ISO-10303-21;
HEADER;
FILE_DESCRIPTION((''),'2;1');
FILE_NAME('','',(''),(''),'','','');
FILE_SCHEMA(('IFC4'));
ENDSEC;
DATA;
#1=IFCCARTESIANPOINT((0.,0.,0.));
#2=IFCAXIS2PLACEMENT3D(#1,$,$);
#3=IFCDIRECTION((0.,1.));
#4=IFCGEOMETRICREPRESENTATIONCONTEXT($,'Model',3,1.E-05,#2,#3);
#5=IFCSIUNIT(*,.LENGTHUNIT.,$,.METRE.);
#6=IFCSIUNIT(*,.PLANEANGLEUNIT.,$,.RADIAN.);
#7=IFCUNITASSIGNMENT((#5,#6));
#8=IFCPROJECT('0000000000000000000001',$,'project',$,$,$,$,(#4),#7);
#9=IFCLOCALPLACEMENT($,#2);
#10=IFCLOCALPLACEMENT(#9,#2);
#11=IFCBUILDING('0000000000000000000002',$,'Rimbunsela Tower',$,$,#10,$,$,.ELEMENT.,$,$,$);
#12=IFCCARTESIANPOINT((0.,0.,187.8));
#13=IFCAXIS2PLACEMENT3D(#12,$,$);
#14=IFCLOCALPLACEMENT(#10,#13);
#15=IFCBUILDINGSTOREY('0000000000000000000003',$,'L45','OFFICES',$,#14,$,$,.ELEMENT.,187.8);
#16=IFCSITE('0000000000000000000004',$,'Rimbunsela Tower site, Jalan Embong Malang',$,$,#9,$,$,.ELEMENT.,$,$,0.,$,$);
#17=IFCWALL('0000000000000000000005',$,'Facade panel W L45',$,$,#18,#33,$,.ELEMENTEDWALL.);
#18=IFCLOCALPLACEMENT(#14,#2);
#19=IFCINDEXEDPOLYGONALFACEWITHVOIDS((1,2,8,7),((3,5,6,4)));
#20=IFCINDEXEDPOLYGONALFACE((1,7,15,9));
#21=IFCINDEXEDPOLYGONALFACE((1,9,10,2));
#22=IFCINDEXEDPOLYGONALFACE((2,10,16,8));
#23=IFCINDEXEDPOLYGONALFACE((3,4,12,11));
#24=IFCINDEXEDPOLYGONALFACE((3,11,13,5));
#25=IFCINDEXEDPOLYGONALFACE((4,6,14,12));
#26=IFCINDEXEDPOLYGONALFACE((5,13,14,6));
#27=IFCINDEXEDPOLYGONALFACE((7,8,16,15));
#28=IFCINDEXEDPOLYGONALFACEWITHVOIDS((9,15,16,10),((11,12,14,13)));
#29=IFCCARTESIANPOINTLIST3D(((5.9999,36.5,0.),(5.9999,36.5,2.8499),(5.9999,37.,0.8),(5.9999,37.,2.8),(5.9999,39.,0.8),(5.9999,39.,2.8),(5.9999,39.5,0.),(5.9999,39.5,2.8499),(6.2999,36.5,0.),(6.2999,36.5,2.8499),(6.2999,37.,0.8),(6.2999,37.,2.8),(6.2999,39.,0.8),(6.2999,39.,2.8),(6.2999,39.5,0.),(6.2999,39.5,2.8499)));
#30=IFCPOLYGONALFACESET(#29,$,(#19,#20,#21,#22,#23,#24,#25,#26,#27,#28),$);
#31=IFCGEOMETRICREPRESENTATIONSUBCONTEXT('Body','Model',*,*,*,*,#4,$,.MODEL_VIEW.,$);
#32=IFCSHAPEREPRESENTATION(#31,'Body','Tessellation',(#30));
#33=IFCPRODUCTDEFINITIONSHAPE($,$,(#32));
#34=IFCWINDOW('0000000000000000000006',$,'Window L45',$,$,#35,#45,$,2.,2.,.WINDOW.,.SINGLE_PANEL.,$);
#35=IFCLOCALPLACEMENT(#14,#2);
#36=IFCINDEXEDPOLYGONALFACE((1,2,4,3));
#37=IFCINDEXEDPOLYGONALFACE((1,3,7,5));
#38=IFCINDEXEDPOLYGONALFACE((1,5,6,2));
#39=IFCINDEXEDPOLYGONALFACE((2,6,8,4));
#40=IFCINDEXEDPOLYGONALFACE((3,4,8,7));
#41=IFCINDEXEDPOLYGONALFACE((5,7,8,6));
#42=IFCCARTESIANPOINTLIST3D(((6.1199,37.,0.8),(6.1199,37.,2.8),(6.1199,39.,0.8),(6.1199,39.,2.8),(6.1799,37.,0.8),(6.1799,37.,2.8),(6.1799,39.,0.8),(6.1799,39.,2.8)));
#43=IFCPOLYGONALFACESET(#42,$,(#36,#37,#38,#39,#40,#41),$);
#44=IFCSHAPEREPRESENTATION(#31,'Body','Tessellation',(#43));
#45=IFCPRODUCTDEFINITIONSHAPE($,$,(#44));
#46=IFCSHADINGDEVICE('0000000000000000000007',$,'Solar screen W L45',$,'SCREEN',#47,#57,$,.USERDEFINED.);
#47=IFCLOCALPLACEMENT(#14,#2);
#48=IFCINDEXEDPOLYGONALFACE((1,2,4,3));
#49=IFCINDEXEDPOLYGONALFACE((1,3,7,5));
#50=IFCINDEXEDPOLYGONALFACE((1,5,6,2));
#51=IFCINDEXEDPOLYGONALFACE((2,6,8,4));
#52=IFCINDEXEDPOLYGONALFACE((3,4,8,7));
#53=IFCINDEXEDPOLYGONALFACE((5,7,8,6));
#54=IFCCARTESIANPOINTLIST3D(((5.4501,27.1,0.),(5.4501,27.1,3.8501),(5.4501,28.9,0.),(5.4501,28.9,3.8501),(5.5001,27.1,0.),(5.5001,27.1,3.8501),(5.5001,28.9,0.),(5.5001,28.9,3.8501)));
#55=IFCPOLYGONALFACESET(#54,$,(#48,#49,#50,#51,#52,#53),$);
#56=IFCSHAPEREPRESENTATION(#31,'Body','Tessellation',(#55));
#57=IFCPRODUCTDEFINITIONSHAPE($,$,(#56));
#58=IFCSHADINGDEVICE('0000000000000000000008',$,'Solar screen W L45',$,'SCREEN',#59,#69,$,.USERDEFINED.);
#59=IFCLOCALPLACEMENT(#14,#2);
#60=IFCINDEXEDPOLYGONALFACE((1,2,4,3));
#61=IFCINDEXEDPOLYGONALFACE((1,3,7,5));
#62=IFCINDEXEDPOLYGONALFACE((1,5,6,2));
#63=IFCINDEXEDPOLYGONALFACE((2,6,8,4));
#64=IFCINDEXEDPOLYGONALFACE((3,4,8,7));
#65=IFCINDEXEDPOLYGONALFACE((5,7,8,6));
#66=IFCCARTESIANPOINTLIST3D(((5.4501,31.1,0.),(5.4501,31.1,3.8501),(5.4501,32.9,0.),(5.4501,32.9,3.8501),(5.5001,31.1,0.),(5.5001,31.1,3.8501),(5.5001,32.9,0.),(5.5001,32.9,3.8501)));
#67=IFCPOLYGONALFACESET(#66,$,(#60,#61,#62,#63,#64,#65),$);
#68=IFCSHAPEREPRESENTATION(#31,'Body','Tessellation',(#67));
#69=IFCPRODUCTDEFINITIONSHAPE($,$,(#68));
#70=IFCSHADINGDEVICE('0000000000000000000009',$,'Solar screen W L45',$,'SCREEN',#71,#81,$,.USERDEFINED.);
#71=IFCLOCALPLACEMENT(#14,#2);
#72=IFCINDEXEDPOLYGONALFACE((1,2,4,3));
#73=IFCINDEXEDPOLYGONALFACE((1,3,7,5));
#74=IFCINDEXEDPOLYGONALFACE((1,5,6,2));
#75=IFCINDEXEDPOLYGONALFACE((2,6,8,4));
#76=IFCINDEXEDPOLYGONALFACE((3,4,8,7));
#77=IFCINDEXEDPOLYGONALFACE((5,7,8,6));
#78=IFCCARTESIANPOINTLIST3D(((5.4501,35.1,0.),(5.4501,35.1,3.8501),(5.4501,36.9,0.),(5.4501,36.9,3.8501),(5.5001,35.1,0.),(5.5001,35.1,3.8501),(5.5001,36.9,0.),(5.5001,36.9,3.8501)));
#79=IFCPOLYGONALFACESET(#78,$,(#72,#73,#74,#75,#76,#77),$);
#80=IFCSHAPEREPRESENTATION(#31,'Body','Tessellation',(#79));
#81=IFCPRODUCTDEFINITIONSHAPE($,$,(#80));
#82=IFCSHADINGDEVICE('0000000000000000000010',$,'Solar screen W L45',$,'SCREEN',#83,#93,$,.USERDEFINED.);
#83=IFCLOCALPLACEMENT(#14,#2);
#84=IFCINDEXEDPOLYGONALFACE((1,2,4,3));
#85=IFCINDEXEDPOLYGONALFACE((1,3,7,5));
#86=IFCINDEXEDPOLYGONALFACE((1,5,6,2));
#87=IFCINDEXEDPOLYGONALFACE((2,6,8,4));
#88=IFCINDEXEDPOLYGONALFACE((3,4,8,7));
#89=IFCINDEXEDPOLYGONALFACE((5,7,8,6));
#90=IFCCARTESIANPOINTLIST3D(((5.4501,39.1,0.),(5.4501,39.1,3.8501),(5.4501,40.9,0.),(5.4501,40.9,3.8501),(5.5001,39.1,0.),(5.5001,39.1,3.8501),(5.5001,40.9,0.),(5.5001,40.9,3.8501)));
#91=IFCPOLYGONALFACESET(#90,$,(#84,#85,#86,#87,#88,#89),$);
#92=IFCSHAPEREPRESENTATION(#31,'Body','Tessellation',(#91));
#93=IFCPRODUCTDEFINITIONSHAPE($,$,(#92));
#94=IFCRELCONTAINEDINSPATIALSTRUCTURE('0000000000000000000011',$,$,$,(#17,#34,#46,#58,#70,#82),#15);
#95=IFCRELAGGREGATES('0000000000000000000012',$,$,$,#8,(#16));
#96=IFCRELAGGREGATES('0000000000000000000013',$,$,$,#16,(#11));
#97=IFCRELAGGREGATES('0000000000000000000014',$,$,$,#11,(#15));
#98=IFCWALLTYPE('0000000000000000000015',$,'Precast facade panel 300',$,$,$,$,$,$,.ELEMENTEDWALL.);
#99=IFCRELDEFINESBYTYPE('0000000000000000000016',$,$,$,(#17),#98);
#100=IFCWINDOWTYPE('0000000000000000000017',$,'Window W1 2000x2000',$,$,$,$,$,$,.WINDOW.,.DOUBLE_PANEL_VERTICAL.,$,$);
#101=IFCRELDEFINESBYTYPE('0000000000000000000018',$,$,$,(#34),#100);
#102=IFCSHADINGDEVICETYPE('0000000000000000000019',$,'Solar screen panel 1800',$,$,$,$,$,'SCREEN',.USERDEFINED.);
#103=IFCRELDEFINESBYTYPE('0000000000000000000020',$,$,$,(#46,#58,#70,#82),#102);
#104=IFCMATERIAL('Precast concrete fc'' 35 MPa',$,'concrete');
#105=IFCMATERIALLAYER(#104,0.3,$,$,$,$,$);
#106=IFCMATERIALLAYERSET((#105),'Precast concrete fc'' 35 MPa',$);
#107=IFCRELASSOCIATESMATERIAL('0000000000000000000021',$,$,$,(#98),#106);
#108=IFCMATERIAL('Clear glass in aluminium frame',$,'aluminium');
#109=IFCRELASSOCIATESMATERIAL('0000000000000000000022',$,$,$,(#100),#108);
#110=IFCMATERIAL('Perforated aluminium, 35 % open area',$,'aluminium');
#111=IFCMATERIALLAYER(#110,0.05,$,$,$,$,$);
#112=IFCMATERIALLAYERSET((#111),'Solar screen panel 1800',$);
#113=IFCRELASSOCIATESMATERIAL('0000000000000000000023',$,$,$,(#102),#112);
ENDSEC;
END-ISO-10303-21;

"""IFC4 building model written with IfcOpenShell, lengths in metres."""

from ifc_helpers import new_model, si_unit, direction, frame, frame_2d, origin, origin_2d, place, context, subcontext, project, spatial, rectangle, extrude, material, layer, layer_set, type_object, element, fill, save


model = new_model("IFC4")

# Units and contexts
model_context = context("Model", 3, precision=1e-05, world=origin(), true_north=direction((0.0, 1.0)))
body_context = subcontext(model_context, "Body", "Model", "MODEL_VIEW")
ifc_project = project(units=[si_unit("LENGTHUNIT", "METRE"), si_unit("PLANEANGLEUNIT", "RADIAN")], contexts=[model_context])

# Site, building, storey
site_placement = place(None, origin())
site = spatial("IfcSite", under=ifc_project, at=site_placement, Name="Rimbunsela Tower site, Jalan Embong Malang", CompositionType="ELEMENT", RefElevation=0.0)
building_placement = place(site_placement, origin())
building = spatial("IfcBuilding", under=site, at=building_placement, Name="Rimbunsela Tower", CompositionType="ELEMENT")
storey_placement = place(building_placement, frame((0.0, 0.0, 187.8)))
storey = spatial("IfcBuildingStorey", under=building, at=storey_placement, Name="L45", Description="OFFICES", CompositionType="ELEMENT", Elevation=187.8)

# Wall, opening, window
ifc_material_1 = material(Name="Precast concrete fc' 35 MPa", Category="concrete")
ifc_layer_1 = layer(ifc_material_1, 0.3)
ifc_layer_set_1 = layer_set([ifc_layer_1], Name="Precast concrete fc' 35 MPa")
wall_type = type_object("IfcWallType", Name="Precast facade panel 300", PredefinedType="ELEMENTEDWALL", material=ifc_layer_set_1)
ifc_material_2 = material(Name="Clear glass in aluminium frame", Category="aluminium")
window_type = type_object("IfcWindowType", Name="Window W1 2000x2000", PartitioningType="DOUBLE_PANEL_VERTICAL", PredefinedType="WINDOW", material=ifc_material_2)
wall_1_placement = place(storey_placement, frame((6.1499, 39.5, 0.0), z_axis=(0.0, 0.0, 1.0), x_axis=(0.0, -1.0, 0.0)))
wall_1 = element("IfcWall", 1, at=wall_1_placement, inside=storey, type_object=wall_type, Name="Facade panel W L45", PredefinedType="ELEMENTEDWALL", context=body_context, shape_type="SweptSolid", body=[
    extrude(rectangle(XDim=3.0, YDim=0.3, at=frame_2d((1.5, 0.0))), origin(), (0.0, 0.0, 1.0), 2.8499),
])
opening_1_placement = place(wall_1_placement, frame((0.5, 0.0, 0.8)))
opening_1 = element("IfcOpeningElement", 2, at=opening_1_placement, cuts=wall_1, PredefinedType="OPENING", context=body_context, shape_type="SweptSolid", body=[
    extrude(rectangle(XDim=2.0, YDim=2.0, at=frame_2d((1.0, 1.0))), frame((0.0, 0.1599, 0.0), z_axis=(0.0, -1.0, 0.0), x_axis=(1.0, 0.0, 0.0)), (0.0, 0.0, 1.0), 0.3201),
])
window_1_placement = place(opening_1_placement, origin())
window_1 = element("IfcWindow", 3, at=window_1_placement, inside=storey, type_object=window_type, Name="Window L45", OverallHeight=2.0, OverallWidth=2.0, PartitioningType="SINGLE_PANEL", PredefinedType="WINDOW", context=body_context, shape_type="SweptSolid", body=[
    extrude(rectangle(XDim=2.0, YDim=2.0, at=frame_2d((1.0, 1.0))), frame((0.0, 0.03, 0.0), z_axis=(0.0, -1.0, 0.0), x_axis=(1.0, 0.0, 0.0)), (0.0, 0.0, 1.0), 0.0601),
])
fill(opening_1, window_1)

# Shading devices
ifc_material_3 = material(Name="Perforated aluminium, 35 % open area", Category="aluminium")
ifc_layer_2 = layer(ifc_material_3, 0.05)
ifc_layer_set_2 = layer_set([ifc_layer_2], Name="Solar screen panel 1800")
shading_device_type = type_object("IfcShadingDeviceType", Name="Solar screen panel 1800", ElementType="SCREEN", PredefinedType="USERDEFINED", material=ifc_layer_set_2)
for number, where, z_axis, x_axis, name in (
    (4, (5.4751, 28.0, 0.0), (0.0, 0.0, 1.0), (0.0, 1.0, 0.0), "Solar screen W L45"),
    (5, (5.4751, 32.0, 0.0), (0.0, 0.0, 1.0), (0.0, 1.0, 0.0), "Solar screen W L45"),
    (6, (5.4751, 36.0, 0.0), (0.0, 0.0, 1.0), (0.0, 1.0, 0.0), "Solar screen W L45"),
    (7, (5.4751, 40.0, 0.0), (0.0, 0.0, 1.0), (0.0, 1.0, 0.0), "Solar screen W L45"),
):
    element("IfcShadingDevice", number, at=place(storey_placement, frame(where, z_axis=z_axis, x_axis=x_axis)), inside=storey, type_object=shading_device_type, Name=name, ObjectType="SCREEN", PredefinedType="USERDEFINED", context=body_context, shape_type="SweptSolid", body=[
        extrude(rectangle(XDim=1.8, YDim=0.05, at=origin_2d()), origin(), (0.0, 0.0, 1.0), 3.8501),
    ])

save(model, "model.ifc")
